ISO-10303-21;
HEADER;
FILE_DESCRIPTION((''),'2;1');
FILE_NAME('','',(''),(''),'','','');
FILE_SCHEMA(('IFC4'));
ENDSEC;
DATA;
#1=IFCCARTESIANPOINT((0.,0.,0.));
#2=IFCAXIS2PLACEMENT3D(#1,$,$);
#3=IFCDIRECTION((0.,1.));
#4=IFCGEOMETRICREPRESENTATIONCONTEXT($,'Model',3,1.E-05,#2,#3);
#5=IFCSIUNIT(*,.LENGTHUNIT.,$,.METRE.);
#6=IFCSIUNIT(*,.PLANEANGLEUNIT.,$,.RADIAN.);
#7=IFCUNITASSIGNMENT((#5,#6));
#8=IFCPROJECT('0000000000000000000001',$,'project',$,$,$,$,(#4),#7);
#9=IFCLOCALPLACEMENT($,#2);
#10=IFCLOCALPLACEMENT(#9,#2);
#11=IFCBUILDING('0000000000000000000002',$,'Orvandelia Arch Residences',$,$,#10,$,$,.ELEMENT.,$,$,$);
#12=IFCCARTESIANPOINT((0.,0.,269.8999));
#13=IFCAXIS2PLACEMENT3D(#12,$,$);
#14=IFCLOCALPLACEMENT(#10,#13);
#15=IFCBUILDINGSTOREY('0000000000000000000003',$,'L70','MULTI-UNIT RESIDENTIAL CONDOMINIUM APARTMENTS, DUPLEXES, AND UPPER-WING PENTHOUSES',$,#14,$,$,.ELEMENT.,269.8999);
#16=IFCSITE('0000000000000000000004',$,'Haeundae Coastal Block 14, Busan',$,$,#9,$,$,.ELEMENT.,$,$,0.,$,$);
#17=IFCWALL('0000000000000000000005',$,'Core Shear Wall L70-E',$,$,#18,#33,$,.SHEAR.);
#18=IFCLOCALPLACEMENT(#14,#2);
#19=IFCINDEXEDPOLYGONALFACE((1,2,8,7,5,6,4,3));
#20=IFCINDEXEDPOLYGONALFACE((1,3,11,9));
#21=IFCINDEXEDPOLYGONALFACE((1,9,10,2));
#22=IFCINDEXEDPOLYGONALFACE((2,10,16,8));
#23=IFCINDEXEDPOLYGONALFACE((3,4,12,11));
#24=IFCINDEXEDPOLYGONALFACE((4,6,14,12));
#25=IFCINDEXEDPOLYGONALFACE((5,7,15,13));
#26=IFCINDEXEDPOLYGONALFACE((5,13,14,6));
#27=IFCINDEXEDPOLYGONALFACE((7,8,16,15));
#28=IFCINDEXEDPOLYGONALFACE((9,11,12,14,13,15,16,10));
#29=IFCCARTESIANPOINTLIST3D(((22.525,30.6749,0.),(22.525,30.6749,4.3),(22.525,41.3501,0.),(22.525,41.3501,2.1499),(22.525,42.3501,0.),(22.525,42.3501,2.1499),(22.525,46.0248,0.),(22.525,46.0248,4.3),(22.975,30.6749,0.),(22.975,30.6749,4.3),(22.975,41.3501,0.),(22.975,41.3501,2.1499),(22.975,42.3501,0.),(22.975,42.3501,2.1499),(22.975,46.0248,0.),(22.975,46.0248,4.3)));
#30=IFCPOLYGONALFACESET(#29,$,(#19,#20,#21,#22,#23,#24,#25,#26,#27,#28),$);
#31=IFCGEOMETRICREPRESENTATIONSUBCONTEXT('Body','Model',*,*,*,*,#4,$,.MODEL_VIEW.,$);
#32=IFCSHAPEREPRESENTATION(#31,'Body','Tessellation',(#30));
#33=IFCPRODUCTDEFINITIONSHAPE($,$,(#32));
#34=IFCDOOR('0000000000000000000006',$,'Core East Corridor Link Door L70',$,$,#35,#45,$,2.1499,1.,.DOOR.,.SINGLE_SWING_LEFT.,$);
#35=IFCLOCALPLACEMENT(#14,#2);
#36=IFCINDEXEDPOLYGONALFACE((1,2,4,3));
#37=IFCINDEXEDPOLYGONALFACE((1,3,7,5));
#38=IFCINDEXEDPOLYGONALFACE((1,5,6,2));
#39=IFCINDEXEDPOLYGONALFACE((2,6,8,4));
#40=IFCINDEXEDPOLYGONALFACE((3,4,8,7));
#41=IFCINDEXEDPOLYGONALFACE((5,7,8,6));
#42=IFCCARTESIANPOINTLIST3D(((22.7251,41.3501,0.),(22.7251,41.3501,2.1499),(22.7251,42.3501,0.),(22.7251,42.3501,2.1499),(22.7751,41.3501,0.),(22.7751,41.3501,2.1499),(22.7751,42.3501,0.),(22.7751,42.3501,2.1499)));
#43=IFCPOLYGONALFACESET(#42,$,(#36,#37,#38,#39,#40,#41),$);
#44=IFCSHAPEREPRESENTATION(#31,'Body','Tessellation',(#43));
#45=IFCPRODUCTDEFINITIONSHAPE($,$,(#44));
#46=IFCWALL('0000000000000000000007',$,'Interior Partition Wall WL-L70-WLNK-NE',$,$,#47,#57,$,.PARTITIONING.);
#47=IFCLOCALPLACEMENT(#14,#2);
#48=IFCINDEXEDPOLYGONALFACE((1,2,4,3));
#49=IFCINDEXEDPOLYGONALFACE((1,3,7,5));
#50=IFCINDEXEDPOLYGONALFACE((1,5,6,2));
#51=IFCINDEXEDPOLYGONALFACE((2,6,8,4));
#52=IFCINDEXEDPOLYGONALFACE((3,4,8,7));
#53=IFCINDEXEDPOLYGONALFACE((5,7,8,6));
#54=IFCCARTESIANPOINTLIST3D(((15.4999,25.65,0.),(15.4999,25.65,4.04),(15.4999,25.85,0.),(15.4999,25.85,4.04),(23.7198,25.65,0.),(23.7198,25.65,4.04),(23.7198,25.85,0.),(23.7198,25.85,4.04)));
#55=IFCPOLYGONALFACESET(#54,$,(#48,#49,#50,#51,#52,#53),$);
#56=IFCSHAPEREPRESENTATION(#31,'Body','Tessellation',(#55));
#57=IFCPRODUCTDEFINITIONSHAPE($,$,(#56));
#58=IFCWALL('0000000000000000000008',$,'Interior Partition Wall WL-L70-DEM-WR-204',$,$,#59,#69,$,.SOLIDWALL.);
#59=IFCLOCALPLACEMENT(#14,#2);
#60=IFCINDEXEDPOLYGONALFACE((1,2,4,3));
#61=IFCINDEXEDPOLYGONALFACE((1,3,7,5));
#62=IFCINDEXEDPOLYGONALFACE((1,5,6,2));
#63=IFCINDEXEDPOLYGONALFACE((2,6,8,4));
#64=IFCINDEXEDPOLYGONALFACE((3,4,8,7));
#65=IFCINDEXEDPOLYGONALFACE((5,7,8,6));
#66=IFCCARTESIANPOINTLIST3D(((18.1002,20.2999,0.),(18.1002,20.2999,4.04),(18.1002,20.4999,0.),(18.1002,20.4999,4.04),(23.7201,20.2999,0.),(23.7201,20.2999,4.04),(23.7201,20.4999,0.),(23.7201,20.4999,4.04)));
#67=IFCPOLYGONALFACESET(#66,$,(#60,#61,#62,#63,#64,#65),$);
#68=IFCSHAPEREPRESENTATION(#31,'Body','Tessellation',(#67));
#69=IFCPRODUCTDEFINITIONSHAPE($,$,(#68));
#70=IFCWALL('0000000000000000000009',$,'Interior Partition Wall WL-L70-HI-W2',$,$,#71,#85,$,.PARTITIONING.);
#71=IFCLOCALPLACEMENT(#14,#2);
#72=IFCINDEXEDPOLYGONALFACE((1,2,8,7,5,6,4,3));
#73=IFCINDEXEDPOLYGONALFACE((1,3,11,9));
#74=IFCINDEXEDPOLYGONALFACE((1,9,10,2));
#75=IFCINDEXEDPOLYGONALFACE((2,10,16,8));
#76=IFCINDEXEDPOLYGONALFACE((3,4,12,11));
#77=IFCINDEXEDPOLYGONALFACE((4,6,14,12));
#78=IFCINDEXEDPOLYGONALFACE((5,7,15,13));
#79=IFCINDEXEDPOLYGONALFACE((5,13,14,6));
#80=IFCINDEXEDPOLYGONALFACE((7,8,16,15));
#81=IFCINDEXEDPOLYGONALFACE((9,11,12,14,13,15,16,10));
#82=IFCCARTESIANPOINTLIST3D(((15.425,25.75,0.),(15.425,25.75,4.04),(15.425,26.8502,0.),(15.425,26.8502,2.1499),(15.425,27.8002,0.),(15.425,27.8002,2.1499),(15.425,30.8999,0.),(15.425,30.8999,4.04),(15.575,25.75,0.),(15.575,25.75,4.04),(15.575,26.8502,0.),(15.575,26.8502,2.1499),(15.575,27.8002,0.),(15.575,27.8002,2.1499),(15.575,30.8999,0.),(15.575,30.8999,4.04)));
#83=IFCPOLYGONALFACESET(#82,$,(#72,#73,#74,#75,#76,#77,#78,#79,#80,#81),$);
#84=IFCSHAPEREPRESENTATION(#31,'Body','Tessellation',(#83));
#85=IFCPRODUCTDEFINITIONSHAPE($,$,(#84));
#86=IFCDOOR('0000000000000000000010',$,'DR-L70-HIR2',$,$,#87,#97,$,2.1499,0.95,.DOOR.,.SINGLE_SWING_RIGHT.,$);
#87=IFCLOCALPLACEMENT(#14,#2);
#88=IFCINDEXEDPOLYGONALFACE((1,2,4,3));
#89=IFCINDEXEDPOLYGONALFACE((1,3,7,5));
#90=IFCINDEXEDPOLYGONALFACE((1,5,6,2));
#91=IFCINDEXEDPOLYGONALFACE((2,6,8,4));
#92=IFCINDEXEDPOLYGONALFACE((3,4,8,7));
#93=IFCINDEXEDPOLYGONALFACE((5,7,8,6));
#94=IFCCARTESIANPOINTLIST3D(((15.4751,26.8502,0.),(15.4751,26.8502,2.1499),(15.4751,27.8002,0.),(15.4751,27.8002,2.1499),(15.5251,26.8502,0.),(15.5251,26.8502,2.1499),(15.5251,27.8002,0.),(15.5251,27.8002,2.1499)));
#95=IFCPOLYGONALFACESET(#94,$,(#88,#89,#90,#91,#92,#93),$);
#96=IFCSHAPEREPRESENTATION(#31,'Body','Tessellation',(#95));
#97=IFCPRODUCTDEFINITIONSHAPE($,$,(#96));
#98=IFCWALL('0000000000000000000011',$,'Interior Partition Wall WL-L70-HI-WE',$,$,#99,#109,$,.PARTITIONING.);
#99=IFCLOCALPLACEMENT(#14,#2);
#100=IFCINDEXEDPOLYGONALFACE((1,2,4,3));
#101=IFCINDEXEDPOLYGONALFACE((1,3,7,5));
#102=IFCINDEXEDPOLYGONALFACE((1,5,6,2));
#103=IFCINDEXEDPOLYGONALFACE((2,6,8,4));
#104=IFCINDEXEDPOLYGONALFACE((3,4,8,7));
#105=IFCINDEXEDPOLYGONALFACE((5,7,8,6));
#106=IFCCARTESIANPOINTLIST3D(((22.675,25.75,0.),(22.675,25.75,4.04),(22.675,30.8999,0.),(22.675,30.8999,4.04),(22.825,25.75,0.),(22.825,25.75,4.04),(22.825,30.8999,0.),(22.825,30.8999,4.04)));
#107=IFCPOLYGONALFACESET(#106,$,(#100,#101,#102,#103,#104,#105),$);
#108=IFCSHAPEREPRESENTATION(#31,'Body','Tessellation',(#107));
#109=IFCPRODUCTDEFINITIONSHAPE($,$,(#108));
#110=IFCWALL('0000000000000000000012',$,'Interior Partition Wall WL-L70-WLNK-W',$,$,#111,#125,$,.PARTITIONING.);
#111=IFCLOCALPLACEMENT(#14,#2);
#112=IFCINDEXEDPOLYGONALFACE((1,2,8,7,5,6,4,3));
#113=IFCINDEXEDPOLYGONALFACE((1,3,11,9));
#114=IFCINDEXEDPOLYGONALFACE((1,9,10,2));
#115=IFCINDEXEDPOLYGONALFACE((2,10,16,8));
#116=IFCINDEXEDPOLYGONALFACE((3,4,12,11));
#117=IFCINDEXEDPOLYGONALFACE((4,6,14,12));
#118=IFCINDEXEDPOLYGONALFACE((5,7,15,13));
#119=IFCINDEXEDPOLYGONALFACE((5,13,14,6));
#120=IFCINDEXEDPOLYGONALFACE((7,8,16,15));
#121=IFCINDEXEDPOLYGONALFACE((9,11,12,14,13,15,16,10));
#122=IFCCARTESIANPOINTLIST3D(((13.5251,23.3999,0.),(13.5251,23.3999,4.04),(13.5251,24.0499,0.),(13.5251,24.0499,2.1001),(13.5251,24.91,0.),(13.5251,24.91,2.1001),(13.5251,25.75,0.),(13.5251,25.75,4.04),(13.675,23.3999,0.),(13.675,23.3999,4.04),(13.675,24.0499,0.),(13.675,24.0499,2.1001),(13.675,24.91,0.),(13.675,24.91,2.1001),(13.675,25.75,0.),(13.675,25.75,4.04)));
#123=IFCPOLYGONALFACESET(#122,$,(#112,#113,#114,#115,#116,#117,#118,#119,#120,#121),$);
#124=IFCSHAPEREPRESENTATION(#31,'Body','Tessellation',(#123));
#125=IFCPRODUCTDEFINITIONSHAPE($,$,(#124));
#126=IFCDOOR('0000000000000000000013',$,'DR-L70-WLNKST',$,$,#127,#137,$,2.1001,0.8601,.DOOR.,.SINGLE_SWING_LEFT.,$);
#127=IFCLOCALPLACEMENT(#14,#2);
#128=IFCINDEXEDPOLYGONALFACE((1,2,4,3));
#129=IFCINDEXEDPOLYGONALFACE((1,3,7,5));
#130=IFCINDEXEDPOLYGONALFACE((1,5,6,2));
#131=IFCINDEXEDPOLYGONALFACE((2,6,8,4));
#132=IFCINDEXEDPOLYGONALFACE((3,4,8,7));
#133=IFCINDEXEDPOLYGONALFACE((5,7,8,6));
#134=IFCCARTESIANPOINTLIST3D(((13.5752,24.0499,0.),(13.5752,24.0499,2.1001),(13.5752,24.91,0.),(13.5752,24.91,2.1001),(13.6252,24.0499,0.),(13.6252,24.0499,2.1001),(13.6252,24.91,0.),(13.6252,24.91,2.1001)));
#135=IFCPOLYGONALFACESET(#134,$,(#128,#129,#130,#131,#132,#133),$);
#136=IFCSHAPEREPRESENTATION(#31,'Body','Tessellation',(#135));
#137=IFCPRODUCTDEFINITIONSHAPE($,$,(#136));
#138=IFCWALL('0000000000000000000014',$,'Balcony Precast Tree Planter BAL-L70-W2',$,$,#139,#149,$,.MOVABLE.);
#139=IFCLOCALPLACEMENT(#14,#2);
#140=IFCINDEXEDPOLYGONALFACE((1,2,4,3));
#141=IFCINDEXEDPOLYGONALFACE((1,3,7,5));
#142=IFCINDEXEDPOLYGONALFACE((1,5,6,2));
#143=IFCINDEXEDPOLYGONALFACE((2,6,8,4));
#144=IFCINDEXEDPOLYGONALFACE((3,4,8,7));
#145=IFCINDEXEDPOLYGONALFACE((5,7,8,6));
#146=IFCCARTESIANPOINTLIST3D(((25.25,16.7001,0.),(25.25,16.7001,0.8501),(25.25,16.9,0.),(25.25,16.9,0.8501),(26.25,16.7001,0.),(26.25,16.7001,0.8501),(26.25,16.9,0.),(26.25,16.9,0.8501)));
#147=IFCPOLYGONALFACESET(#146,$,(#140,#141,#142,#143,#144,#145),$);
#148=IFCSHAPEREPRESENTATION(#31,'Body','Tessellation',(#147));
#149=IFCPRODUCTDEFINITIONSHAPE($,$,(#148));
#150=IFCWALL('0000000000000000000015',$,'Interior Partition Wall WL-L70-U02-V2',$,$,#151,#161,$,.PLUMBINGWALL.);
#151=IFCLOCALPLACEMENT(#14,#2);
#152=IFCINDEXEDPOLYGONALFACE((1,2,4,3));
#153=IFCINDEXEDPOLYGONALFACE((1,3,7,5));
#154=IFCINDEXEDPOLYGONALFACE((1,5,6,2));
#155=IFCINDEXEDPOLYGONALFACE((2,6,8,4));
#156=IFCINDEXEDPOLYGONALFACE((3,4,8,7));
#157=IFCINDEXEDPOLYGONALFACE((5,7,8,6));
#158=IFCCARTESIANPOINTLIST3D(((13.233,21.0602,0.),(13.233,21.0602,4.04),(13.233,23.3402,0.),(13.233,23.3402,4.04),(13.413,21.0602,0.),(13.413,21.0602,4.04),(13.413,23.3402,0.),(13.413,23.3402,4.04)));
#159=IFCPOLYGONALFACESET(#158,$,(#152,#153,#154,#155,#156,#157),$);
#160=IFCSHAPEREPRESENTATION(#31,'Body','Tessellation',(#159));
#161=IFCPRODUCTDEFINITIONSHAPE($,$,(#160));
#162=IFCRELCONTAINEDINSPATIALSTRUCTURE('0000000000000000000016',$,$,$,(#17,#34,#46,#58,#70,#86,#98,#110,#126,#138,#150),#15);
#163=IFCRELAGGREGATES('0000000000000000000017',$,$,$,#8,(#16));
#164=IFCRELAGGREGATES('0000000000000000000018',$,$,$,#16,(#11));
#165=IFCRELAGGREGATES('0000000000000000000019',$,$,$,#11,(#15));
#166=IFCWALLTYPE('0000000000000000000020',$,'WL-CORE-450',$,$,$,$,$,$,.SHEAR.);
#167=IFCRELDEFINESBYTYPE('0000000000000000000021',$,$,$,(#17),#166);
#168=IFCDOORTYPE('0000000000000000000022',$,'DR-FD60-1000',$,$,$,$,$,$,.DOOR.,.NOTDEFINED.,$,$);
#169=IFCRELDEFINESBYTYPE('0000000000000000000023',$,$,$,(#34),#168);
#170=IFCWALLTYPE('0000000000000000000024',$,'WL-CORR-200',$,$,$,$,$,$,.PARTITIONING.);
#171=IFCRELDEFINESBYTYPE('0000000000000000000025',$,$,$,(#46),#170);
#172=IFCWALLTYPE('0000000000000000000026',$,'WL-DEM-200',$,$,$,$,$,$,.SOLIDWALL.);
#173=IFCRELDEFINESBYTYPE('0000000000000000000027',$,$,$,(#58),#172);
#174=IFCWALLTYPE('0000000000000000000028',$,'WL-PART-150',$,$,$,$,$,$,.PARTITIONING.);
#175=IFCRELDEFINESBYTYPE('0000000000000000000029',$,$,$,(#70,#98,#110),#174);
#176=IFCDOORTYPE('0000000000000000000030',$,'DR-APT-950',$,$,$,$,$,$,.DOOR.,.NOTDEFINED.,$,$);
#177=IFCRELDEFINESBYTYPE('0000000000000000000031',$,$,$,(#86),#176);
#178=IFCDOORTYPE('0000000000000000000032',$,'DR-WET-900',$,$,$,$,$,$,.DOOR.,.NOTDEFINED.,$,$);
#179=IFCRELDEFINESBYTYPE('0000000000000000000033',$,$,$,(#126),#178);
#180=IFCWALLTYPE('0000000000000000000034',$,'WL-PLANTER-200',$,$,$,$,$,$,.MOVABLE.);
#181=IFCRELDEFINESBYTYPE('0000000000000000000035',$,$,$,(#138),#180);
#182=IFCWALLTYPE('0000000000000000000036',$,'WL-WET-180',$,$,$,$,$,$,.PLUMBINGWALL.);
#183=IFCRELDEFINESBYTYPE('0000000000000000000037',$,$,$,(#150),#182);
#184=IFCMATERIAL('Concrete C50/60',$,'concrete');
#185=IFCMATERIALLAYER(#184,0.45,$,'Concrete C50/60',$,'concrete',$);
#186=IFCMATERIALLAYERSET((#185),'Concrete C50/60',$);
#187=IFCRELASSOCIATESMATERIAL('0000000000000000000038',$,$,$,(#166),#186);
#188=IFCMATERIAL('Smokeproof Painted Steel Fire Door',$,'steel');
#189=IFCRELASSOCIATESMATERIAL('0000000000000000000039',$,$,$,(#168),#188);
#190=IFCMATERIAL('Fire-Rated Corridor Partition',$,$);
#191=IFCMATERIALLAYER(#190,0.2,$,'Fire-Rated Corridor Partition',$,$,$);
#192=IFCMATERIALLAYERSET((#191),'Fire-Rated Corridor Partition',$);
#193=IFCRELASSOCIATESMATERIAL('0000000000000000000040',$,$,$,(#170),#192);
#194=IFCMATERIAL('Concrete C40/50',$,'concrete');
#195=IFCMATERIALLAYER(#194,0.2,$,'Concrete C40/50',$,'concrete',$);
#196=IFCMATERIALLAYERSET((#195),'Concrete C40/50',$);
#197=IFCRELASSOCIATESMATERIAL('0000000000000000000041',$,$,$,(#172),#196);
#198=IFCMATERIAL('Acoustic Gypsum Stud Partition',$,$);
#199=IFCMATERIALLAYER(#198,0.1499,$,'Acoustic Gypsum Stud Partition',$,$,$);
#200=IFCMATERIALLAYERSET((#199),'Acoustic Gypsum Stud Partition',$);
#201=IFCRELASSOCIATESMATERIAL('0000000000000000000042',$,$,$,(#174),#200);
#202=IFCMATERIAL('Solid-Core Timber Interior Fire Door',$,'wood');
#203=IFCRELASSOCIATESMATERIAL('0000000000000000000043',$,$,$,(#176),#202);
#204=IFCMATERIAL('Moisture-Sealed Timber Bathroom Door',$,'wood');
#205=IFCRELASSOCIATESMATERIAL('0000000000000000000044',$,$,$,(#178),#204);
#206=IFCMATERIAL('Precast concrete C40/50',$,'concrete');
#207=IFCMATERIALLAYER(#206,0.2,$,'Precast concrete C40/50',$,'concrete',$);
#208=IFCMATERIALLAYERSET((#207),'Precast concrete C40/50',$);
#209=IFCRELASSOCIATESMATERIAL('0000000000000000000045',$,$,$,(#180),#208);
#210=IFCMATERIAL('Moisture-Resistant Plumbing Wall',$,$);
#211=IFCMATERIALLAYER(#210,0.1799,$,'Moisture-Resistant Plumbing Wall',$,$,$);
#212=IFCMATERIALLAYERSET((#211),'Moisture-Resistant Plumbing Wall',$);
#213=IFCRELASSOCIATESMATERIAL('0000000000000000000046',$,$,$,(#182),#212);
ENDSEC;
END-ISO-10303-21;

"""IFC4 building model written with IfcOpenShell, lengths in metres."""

from ifc_helpers import new_model, si_unit, direction, frame, frame_2d, origin, place, context, subcontext, project, spatial, rectangle, extrude, material, layer, layer_set, type_object, element, fill, save


model = new_model("IFC4")

# Units and contexts
model_context = context("Model", 3, precision=1e-05, world=origin(), true_north=direction((0.0, 1.0)))
body_context = subcontext(model_context, "Body", "Model", "MODEL_VIEW")
ifc_project = project(units=[si_unit("LENGTHUNIT", "METRE"), si_unit("PLANEANGLEUNIT", "RADIAN")], contexts=[model_context])

# Site, building, storey
site_placement = place(None, origin())
site = spatial("IfcSite", under=ifc_project, at=site_placement, Name="Haeundae Coastal Block 14, Busan", CompositionType="ELEMENT", RefElevation=0.0)
building_placement = place(site_placement, origin())
building = spatial("IfcBuilding", under=site, at=building_placement, Name="Orvandelia Arch Residences", CompositionType="ELEMENT")
storey_placement = place(building_placement, frame((0.0, 0.0, 269.8999)))
storey = spatial("IfcBuildingStorey", under=building, at=storey_placement, Name="L70", Description="MULTI-UNIT RESIDENTIAL CONDOMINIUM APARTMENTS, DUPLEXES, AND UPPER-WING PENTHOUSES", CompositionType="ELEMENT", Elevation=269.8999)

# Shared definitions
ifc_material_1 = material(Name="Concrete C50/60", Category="concrete")

# Wall, opening, door
ifc_layer_1 = layer(ifc_material_1, 0.45, Name="Concrete C50/60", Category="concrete")
ifc_layer_set_1 = layer_set([ifc_layer_1], Name="Concrete C50/60")
wall_type_1 = type_object("IfcWallType", Name="WL-CORE-450", PredefinedType="SHEAR", material=ifc_layer_set_1)
wall_1_placement = place(storey_placement, frame((22.75, 30.675, 0.0), z_axis=(0.0, 0.0, 1.0), x_axis=(0.0, 1.0, 0.0)))
wall_1 = element("IfcWall", 1, at=wall_1_placement, inside=storey, type_object=wall_type_1, Name="Core Shear Wall L70-E", PredefinedType="SHEAR", context=body_context, shape_type="SweptSolid", body=[
    extrude(rectangle(XDim=15.3499, YDim=0.45, at=frame_2d((7.6748, 0.0))), origin(), (0.0, 0.0, 1.0), 4.3),
])
opening_1_placement = place(wall_1_placement, frame((10.675, 0.0, 0.0)))
opening_1 = element("IfcOpeningElement", 2, at=opening_1_placement, cuts=wall_1, PredefinedType="OPENING", context=body_context, shape_type="SweptSolid", body=[
    extrude(rectangle(XDim=1.0, YDim=2.1499, at=frame_2d((0.5, 1.075))), frame((0.0, 0.2349, 0.0), z_axis=(0.0, -1.0, 0.0), x_axis=(1.0, 0.0, 0.0)), (0.0, 0.0, 1.0), 0.47),
])
ifc_material_2 = material(Name="Smokeproof Painted Steel Fire Door", Category="steel")
door_type_1 = type_object("IfcDoorType", Name="DR-FD60-1000", OperationType="NOTDEFINED", PredefinedType="DOOR", material=ifc_material_2)
door_1_placement = place(opening_1_placement, origin())
door_1 = element("IfcDoor", 3, at=door_1_placement, inside=storey, type_object=door_type_1, Name="Core East Corridor Link Door L70", OperationType="SINGLE_SWING_LEFT", OverallHeight=2.1499, OverallWidth=1.0, PredefinedType="DOOR", context=body_context, shape_type="SweptSolid", body=[
    extrude(rectangle(XDim=1.0, YDim=2.1499, at=frame_2d((0.5, 1.075))), frame((0.0, 0.0249, 0.0), z_axis=(0.0, -1.0, 0.0), x_axis=(1.0, 0.0, 0.0)), (0.0, 0.0, 1.0), 0.05),
])
fill(opening_1, door_1)

# Walls
ifc_material_3 = material(Name="Fire-Rated Corridor Partition")
ifc_layer_2 = layer(ifc_material_3, 0.2, Name="Fire-Rated Corridor Partition")
ifc_layer_set_2 = layer_set([ifc_layer_2], Name="Fire-Rated Corridor Partition")
wall_type_2 = type_object("IfcWallType", Name="WL-CORR-200", PredefinedType="PARTITIONING", material=ifc_layer_set_2)
wall_2_placement = place(storey_placement, frame((15.5, 25.75, 0.0), z_axis=(0.0, 0.0, 1.0), x_axis=(1.0, 0.0, 0.0)))
element("IfcWall", 4, at=wall_2_placement, inside=storey, type_object=wall_type_2, Name="Interior Partition Wall WL-L70-WLNK-NE", PredefinedType="PARTITIONING", context=body_context, shape_type="SweptSolid", body=[
    extrude(rectangle(XDim=8.22, YDim=0.2, at=frame_2d((4.1099, 0.0))), origin(), (0.0, 0.0, 1.0), 4.04),
])
ifc_material_4 = material(Name="Concrete C40/50", Category="concrete")
ifc_layer_3 = layer(ifc_material_4, 0.2, Name="Concrete C40/50", Category="concrete")
ifc_layer_set_3 = layer_set([ifc_layer_3], Name="Concrete C40/50")
wall_type_3 = type_object("IfcWallType", Name="WL-DEM-200", PredefinedType="SOLIDWALL", material=ifc_layer_set_3)
wall_3_placement = place(storey_placement, frame((18.1001, 20.3999, 0.0), z_axis=(0.0, 0.0, 1.0), x_axis=(1.0, 0.0, 0.0)))
element("IfcWall", 5, at=wall_3_placement, inside=storey, type_object=wall_type_3, Name="Interior Partition Wall WL-L70-DEM-WR-204", PredefinedType="SOLIDWALL", context=body_context, shape_type="SweptSolid", body=[
    extrude(rectangle(XDim=5.6199, YDim=0.2, at=frame_2d((2.8101, 0.0))), origin(), (0.0, 0.0, 1.0), 4.04),
])

# Shared definitions
ifc_material_5 = material(Name="Acoustic Gypsum Stud Partition")
ifc_layer_4 = layer(ifc_material_5, 0.1499, Name="Acoustic Gypsum Stud Partition")
ifc_layer_set_4 = layer_set([ifc_layer_4], Name="Acoustic Gypsum Stud Partition")
wall_type_4 = type_object("IfcWallType", Name="WL-PART-150", PredefinedType="PARTITIONING", material=ifc_layer_set_4)
ifc_material_6 = material(Name="Solid-Core Timber Interior Fire Door", Category="wood")
door_type_2 = type_object("IfcDoorType", Name="DR-APT-950", OperationType="NOTDEFINED", PredefinedType="DOOR", material=ifc_material_6)

# Wall, opening, door
wall_4_placement = place(storey_placement, frame((15.5, 25.75, 0.0), z_axis=(0.0, 0.0, 1.0), x_axis=(0.0, 1.0, 0.0)))
wall_4 = element("IfcWall", 6, at=wall_4_placement, inside=storey, type_object=wall_type_4, Name="Interior Partition Wall WL-L70-HI-W2", PredefinedType="PARTITIONING", context=body_context, shape_type="SweptSolid", body=[
    extrude(rectangle(XDim=5.1499, YDim=0.1499, at=frame_2d((2.575, 0.0))), origin(), (0.0, 0.0, 1.0), 4.04),
])
opening_2_placement = place(wall_4_placement, frame((1.1001, 0.0, 0.0)))
opening_2 = element("IfcOpeningElement", 7, at=opening_2_placement, cuts=wall_4, PredefinedType="OPENING", context=body_context, shape_type="SweptSolid", body=[
    extrude(rectangle(XDim=0.95, YDim=2.1499, at=frame_2d((0.4751, 1.075))), frame((0.0, 0.085, 0.0), z_axis=(0.0, -1.0, 0.0), x_axis=(1.0, 0.0, 0.0)), (0.0, 0.0, 1.0), 0.1699),
])
door_2_placement = place(opening_2_placement, origin())
door_2 = element("IfcDoor", 8, at=door_2_placement, inside=storey, type_object=door_type_2, Name="DR-L70-HIR2", OperationType="SINGLE_SWING_RIGHT", OverallHeight=2.1499, OverallWidth=0.95, PredefinedType="DOOR", context=body_context, shape_type="SweptSolid", body=[
    extrude(rectangle(XDim=0.95, YDim=2.1499, at=frame_2d((0.4751, 1.075))), frame((0.0, 0.0249, 0.0), z_axis=(0.0, -1.0, 0.0), x_axis=(1.0, 0.0, 0.0)), (0.0, 0.0, 1.0), 0.05),
])
fill(opening_2, door_2)

# Wall
wall_5_placement = place(storey_placement, frame((22.75, 25.75, 0.0), z_axis=(0.0, 0.0, 1.0), x_axis=(0.0, 1.0, 0.0)))
element("IfcWall", 9, at=wall_5_placement, inside=storey, type_object=wall_type_4, Name="Interior Partition Wall WL-L70-HI-WE", PredefinedType="PARTITIONING", context=body_context, shape_type="SweptSolid", body=[
    extrude(rectangle(XDim=5.1499, YDim=0.1499, at=frame_2d((2.575, 0.0))), origin(), (0.0, 0.0, 1.0), 4.04),
])

# Wall, opening, door
wall_6_placement = place(storey_placement, frame((13.6001, 23.3999, 0.0), z_axis=(0.0, 0.0, 1.0), x_axis=(0.0, 1.0, 0.0)))
wall_6 = element("IfcWall", 10, at=wall_6_placement, inside=storey, type_object=wall_type_4, Name="Interior Partition Wall WL-L70-WLNK-W", PredefinedType="PARTITIONING", context=body_context, shape_type="SweptSolid", body=[
    extrude(rectangle(XDim=2.3501, YDim=0.1499, at=frame_2d((1.175, 0.0))), origin(), (0.0, 0.0, 1.0), 4.04),
])
opening_3_placement = place(wall_6_placement, frame((0.6499, 0.0, 0.0)))
opening_3 = element("IfcOpeningElement", 11, at=opening_3_placement, cuts=wall_6, PredefinedType="OPENING", context=body_context, shape_type="SweptSolid", body=[
    extrude(rectangle(XDim=0.8601, YDim=2.1001, at=frame_2d((0.4302, 1.05))), frame((0.0, 0.085, 0.0), z_axis=(0.0, -1.0, 0.0), x_axis=(1.0, 0.0, 0.0)), (0.0, 0.0, 1.0), 0.1699),
])
ifc_material_7 = material(Name="Moisture-Sealed Timber Bathroom Door", Category="wood")
door_type_3 = type_object("IfcDoorType", Name="DR-WET-900", OperationType="NOTDEFINED", PredefinedType="DOOR", material=ifc_material_7)
door_3_placement = place(opening_3_placement, origin())
door_3 = element("IfcDoor", 12, at=door_3_placement, inside=storey, type_object=door_type_3, Name="DR-L70-WLNKST", OperationType="SINGLE_SWING_LEFT", OverallHeight=2.1001, OverallWidth=0.8601, PredefinedType="DOOR", context=body_context, shape_type="SweptSolid", body=[
    extrude(rectangle(XDim=0.8601, YDim=2.1001, at=frame_2d((0.4302, 1.05))), frame((0.0, 0.0249, 0.0), z_axis=(0.0, -1.0, 0.0), x_axis=(1.0, 0.0, 0.0)), (0.0, 0.0, 1.0), 0.05),
])
fill(opening_3, door_3)

# Walls
ifc_material_8 = material(Name="Precast concrete C40/50", Category="concrete")
ifc_layer_5 = layer(ifc_material_8, 0.2, Name="Precast concrete C40/50", Category="concrete")
ifc_layer_set_5 = layer_set([ifc_layer_5], Name="Precast concrete C40/50")
wall_type_5 = type_object("IfcWallType", Name="WL-PLANTER-200", PredefinedType="MOVABLE", material=ifc_layer_set_5)
wall_7_placement = place(storey_placement, frame((25.25, 16.8, 0.0), z_axis=(0.0, 0.0, 1.0), x_axis=(1.0, 0.0, 0.0)))
element("IfcWall", 13, at=wall_7_placement, inside=storey, type_object=wall_type_5, Name="Balcony Precast Tree Planter BAL-L70-W2", PredefinedType="MOVABLE", context=body_context, shape_type="SweptSolid", body=[
    extrude(rectangle(XDim=1.0, YDim=0.2, at=frame_2d((0.5, 0.0))), origin(), (0.0, 0.0, 1.0), 0.8501),
])
ifc_material_9 = material(Name="Moisture-Resistant Plumbing Wall")
ifc_layer_6 = layer(ifc_material_9, 0.1799, Name="Moisture-Resistant Plumbing Wall")
ifc_layer_set_6 = layer_set([ifc_layer_6], Name="Moisture-Resistant Plumbing Wall")
wall_type_6 = type_object("IfcWallType", Name="WL-WET-180", PredefinedType="PLUMBINGWALL", material=ifc_layer_set_6)
wall_8_placement = place(storey_placement, frame((13.323, 21.0601, 0.0), z_axis=(0.0, 0.0, 1.0), x_axis=(0.0, 1.0, 0.0)))
element("IfcWall", 14, at=wall_8_placement, inside=storey, type_object=wall_type_6, Name="Interior Partition Wall WL-L70-U02-V2", PredefinedType="PLUMBINGWALL", context=body_context, shape_type="SweptSolid", body=[
    extrude(rectangle(XDim=2.28, YDim=0.1799, at=frame_2d((1.1401, 0.0))), origin(), (0.0, 0.0, 1.0), 4.04),
])

save(model, "model.ifc")
